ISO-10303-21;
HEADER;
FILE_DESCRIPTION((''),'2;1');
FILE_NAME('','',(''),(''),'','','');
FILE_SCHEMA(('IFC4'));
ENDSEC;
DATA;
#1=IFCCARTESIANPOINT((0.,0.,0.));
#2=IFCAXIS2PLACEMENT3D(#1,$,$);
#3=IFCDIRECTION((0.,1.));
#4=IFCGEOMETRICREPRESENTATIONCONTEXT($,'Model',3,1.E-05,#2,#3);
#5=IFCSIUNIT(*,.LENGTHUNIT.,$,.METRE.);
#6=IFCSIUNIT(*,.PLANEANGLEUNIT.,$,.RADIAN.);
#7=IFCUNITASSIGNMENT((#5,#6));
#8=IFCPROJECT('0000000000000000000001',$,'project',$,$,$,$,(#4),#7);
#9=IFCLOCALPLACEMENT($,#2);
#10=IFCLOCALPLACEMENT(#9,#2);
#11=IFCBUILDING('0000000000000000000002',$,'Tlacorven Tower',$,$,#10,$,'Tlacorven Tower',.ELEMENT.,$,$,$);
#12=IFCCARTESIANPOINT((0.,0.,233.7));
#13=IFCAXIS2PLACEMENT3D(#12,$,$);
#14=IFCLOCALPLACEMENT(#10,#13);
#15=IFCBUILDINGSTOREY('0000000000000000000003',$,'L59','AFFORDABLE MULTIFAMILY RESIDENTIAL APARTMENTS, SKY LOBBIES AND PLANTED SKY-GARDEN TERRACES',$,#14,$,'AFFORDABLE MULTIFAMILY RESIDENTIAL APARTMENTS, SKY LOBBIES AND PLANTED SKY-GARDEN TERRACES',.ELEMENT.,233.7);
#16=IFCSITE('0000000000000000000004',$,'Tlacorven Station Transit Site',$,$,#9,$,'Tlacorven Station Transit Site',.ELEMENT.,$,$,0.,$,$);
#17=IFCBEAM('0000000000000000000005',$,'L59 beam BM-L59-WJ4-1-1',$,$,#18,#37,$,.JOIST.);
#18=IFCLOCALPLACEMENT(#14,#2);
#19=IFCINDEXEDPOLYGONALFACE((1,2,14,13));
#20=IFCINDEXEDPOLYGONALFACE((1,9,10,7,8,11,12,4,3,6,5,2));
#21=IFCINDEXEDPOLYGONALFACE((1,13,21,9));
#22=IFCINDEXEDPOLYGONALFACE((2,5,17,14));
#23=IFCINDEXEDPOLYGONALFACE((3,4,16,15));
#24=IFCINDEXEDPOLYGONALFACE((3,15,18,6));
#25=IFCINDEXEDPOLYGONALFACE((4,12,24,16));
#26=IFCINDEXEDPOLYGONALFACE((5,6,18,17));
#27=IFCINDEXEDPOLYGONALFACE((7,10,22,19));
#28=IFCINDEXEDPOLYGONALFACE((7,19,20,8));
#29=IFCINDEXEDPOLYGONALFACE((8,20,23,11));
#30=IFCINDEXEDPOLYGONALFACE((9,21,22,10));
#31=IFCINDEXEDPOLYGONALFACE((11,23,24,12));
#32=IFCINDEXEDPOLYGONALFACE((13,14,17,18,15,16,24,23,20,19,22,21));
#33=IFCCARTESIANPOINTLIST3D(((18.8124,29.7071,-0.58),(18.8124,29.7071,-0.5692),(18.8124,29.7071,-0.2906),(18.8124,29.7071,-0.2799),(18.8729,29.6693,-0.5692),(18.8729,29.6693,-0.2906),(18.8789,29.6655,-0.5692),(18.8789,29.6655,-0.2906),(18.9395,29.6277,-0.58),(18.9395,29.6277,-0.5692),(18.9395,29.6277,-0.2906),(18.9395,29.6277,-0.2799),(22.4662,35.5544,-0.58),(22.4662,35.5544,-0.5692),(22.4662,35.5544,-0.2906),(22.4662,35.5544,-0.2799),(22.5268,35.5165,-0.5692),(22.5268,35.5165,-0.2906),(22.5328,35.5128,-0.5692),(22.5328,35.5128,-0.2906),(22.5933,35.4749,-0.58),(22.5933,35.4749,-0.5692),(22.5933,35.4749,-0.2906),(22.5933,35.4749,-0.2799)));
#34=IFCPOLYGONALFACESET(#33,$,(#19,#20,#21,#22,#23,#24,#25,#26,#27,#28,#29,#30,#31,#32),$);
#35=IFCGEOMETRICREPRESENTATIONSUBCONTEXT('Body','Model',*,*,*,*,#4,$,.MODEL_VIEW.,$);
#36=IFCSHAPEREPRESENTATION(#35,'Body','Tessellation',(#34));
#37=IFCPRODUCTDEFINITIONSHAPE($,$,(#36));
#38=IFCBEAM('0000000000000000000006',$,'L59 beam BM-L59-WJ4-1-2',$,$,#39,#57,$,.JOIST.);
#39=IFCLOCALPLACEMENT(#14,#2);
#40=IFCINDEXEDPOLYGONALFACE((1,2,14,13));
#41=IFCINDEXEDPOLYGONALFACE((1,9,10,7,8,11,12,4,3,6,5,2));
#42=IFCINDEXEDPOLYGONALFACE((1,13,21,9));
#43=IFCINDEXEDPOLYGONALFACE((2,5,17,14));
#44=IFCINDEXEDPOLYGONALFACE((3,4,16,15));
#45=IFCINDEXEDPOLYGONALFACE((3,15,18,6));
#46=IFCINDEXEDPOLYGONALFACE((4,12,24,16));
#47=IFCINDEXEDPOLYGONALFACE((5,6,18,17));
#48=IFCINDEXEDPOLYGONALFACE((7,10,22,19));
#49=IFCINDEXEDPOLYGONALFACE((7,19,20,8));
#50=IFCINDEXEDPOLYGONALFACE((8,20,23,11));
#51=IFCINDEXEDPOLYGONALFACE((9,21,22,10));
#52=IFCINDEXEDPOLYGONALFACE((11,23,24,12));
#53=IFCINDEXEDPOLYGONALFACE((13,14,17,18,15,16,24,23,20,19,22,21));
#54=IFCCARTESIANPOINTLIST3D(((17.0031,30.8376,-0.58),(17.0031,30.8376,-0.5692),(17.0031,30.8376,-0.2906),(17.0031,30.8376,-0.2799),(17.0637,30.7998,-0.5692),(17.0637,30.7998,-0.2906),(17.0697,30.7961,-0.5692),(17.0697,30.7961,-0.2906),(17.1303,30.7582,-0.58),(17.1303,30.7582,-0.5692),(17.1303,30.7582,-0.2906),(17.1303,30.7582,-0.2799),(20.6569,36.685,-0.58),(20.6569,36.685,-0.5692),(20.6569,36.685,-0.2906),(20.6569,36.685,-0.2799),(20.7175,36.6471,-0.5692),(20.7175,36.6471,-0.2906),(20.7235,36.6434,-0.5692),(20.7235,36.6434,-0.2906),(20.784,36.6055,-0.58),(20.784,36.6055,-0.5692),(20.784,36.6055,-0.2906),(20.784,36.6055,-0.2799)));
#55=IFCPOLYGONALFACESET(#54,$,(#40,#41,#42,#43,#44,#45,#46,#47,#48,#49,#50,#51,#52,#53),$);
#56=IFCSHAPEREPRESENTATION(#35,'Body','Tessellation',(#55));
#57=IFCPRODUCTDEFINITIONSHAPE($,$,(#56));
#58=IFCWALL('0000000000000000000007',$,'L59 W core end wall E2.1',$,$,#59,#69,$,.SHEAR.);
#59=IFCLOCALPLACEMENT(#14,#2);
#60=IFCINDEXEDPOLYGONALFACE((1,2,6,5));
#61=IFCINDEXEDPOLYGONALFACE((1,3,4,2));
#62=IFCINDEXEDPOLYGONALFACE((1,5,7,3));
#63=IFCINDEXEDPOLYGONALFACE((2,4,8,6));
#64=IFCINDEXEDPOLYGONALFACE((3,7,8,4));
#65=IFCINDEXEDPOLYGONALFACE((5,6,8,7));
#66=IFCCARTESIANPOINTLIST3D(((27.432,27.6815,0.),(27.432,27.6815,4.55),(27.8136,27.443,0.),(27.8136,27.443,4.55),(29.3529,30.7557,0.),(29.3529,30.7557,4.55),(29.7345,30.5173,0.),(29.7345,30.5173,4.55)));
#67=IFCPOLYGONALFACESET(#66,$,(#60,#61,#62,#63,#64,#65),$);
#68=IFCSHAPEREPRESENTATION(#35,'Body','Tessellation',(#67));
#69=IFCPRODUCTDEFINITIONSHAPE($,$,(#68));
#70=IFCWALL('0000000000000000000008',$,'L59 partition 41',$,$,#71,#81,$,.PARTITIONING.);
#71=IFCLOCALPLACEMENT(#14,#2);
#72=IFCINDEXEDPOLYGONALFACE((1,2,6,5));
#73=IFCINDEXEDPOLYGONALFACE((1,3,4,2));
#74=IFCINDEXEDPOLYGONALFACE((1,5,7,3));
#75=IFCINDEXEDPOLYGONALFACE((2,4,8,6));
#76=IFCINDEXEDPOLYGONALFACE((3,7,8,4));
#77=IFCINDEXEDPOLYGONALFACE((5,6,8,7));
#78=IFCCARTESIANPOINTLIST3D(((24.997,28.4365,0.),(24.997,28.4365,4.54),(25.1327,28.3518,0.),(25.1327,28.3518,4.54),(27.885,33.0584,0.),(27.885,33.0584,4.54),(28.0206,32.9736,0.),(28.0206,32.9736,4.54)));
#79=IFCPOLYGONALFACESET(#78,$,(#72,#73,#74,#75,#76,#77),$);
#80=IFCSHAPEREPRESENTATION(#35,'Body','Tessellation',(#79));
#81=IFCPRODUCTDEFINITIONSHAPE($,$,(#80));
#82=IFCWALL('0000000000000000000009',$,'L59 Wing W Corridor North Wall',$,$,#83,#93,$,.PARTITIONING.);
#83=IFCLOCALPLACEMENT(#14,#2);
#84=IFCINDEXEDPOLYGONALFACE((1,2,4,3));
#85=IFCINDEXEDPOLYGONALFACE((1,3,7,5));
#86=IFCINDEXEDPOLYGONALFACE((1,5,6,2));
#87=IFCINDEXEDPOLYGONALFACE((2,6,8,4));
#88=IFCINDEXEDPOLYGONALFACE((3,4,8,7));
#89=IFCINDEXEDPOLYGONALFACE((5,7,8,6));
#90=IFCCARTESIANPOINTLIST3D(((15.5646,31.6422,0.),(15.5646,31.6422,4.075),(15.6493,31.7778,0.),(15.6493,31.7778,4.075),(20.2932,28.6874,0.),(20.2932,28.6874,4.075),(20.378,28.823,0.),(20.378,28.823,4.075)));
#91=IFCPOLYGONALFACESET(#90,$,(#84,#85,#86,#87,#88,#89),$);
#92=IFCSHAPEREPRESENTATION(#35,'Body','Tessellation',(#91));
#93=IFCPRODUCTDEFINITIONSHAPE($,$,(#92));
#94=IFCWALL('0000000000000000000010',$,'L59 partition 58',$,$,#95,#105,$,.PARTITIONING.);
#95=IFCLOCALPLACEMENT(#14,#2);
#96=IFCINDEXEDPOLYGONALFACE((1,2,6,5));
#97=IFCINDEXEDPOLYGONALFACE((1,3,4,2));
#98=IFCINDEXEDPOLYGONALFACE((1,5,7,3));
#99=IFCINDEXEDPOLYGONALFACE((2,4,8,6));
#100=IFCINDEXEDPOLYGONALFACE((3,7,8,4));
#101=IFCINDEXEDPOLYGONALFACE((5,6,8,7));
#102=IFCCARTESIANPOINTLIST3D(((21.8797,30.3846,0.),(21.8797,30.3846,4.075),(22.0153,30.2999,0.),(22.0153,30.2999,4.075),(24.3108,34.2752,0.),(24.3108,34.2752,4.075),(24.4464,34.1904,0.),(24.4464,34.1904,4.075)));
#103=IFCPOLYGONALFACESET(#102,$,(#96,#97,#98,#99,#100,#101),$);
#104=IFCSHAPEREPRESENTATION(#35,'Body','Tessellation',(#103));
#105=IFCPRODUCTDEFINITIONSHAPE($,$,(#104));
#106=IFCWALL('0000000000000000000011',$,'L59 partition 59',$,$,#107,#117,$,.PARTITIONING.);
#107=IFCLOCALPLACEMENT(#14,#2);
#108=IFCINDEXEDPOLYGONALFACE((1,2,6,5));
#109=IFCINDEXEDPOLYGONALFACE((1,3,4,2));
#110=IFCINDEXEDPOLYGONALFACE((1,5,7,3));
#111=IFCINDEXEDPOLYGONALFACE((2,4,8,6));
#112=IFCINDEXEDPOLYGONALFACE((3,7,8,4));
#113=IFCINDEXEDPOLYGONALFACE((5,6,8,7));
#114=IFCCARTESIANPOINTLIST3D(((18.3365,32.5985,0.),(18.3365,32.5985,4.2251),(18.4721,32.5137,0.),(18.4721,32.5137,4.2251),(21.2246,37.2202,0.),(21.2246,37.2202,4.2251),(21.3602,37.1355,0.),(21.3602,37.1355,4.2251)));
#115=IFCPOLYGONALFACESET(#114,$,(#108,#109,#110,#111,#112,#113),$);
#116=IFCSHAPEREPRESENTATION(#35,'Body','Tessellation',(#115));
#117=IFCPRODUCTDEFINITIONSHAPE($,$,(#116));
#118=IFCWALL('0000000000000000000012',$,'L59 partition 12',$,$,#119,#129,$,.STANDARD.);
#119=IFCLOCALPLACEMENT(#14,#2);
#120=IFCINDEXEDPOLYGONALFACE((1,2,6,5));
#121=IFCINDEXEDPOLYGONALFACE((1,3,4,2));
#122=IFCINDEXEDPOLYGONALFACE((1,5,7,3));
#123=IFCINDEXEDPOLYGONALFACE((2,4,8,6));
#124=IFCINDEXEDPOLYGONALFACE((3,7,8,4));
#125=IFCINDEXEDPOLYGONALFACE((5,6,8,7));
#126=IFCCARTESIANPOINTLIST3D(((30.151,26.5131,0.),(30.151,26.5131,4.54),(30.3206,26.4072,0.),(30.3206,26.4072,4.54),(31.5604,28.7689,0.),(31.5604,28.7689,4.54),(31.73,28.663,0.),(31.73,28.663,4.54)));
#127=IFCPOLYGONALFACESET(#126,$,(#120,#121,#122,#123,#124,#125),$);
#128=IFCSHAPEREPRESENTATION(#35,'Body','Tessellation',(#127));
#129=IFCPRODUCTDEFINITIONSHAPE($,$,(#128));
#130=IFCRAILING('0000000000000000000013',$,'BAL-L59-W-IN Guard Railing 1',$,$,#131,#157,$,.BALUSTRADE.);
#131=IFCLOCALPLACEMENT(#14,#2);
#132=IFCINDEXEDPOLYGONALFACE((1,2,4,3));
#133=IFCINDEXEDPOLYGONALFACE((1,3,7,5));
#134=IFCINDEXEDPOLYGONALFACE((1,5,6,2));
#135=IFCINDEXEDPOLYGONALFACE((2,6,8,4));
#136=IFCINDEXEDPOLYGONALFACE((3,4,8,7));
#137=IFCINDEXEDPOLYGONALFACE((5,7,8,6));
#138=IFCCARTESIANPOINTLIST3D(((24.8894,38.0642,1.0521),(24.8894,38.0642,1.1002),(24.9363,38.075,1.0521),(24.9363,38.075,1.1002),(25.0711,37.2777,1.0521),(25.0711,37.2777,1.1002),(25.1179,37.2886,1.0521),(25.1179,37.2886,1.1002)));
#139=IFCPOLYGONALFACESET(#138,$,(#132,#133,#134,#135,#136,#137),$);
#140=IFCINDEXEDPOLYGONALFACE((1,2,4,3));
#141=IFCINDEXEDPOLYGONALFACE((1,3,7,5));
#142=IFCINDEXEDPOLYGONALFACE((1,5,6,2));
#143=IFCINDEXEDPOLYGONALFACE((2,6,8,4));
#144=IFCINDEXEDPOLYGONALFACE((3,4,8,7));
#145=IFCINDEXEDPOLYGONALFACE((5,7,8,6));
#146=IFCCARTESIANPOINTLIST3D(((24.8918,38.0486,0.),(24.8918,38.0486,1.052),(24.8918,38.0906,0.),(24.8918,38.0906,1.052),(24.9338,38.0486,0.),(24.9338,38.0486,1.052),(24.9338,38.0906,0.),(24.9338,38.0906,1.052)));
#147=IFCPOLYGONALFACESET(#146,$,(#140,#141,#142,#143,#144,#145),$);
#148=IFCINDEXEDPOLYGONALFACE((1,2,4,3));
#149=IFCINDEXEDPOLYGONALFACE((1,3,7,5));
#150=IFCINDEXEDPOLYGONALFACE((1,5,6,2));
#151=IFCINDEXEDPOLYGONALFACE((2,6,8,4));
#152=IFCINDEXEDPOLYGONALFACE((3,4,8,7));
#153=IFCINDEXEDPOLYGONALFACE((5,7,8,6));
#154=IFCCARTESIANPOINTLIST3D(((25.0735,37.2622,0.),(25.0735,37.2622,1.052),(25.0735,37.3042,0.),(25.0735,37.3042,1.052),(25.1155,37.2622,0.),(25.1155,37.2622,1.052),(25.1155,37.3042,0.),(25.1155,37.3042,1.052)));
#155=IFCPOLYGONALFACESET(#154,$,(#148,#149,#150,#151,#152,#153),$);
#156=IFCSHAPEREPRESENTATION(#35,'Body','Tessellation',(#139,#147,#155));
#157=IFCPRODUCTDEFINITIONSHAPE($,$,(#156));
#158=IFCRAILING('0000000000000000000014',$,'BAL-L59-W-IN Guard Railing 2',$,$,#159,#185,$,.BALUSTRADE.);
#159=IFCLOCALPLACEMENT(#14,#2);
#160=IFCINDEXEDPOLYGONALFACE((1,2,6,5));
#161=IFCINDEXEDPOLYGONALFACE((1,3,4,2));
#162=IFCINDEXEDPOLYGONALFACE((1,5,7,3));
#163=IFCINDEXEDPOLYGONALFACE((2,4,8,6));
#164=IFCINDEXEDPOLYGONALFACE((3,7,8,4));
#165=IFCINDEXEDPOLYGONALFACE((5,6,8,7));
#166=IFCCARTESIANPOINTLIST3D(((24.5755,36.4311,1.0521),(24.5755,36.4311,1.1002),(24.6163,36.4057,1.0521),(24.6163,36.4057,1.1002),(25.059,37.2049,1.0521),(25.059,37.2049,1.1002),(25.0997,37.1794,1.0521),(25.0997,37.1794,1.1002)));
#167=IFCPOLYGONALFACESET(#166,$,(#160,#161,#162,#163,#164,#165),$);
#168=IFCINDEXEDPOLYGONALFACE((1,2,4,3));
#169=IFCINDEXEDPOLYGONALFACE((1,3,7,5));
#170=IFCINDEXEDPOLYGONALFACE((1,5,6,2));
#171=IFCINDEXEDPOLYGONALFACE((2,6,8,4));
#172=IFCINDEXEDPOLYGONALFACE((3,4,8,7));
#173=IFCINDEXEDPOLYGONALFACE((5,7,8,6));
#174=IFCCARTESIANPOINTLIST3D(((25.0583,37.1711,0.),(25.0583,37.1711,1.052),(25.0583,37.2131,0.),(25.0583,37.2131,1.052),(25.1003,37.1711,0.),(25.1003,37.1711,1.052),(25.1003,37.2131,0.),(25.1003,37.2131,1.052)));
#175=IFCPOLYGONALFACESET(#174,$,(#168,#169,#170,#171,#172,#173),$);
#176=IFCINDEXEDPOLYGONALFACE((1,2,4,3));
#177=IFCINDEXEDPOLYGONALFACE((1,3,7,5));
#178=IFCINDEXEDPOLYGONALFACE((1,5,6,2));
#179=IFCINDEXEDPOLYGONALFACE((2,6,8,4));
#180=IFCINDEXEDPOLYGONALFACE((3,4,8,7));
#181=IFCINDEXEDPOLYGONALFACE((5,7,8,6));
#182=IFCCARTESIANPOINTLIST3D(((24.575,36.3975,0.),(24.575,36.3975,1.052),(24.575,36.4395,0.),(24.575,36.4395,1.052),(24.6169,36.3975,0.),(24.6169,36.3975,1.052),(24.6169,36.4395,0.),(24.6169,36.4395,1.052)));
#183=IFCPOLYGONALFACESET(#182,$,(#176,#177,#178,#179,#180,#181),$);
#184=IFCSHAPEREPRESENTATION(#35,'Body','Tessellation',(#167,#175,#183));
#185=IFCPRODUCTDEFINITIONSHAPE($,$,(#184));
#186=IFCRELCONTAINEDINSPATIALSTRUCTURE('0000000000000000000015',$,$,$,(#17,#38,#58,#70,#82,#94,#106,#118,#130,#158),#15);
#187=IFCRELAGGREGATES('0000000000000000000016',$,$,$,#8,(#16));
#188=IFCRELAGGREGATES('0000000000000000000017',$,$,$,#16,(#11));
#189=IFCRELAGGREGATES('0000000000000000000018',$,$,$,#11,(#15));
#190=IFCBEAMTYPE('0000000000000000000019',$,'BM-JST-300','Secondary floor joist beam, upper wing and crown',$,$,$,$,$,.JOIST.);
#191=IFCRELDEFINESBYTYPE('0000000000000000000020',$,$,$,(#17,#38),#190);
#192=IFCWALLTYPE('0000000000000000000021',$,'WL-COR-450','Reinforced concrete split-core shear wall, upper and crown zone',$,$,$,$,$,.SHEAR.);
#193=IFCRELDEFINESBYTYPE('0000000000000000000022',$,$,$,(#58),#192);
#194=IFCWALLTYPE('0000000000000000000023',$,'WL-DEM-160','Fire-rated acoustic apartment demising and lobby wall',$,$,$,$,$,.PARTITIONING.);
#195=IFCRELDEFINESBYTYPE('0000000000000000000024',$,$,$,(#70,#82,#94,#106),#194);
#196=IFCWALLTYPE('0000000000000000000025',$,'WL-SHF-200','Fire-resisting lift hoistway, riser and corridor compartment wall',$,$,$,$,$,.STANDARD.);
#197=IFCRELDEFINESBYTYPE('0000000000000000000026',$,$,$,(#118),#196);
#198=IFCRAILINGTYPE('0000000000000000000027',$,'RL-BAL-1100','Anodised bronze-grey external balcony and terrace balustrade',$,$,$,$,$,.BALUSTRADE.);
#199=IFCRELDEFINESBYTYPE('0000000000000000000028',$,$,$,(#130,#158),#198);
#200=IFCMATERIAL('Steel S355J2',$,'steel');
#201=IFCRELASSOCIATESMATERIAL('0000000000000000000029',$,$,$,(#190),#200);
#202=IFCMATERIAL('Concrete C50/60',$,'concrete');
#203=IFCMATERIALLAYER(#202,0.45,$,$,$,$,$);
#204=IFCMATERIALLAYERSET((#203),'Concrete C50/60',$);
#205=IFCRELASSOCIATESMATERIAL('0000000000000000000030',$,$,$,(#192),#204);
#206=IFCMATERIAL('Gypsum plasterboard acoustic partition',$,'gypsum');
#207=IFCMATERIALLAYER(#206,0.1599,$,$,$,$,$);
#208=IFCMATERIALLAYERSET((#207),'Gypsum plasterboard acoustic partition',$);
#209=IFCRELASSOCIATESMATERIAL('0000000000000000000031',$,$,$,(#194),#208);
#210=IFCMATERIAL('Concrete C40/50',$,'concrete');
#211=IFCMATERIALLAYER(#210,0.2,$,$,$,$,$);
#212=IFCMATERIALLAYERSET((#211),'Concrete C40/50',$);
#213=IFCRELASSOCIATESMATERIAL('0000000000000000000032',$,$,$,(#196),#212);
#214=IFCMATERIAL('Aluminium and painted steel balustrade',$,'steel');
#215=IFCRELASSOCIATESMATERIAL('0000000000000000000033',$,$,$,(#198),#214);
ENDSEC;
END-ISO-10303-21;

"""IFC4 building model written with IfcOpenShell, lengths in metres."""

from ifc_helpers import new_model, si_unit, direction, frame, frame_2d, origin, origin_2d, place, context, subcontext, project, spatial, rectangle, i_section, extrude, source, transform, mapped, material, layer, layer_set, material_profile, profile_set, type_object, element, save


model = new_model("IFC4")

# Units and contexts
model_context = context("Model", 3, precision=1e-05, world=origin(), true_north=direction((0.0, 1.0)))
body_context = subcontext(model_context, "Body", "Model", "MODEL_VIEW")
ifc_project = project(units=[si_unit("LENGTHUNIT", "METRE"), si_unit("PLANEANGLEUNIT", "RADIAN")], contexts=[model_context])

# Site, building, storey
site_placement = place(None, origin())
site = spatial("IfcSite", under=ifc_project, at=site_placement, Name="Tlacorven Station Transit Site", LongName="Tlacorven Station Transit Site", CompositionType="ELEMENT", RefElevation=0.0)
building_placement = place(site_placement, origin())
building = spatial("IfcBuilding", under=site, at=building_placement, Name="Tlacorven Tower", LongName="Tlacorven Tower", CompositionType="ELEMENT")
storey_placement = place(building_placement, frame((0.0, 0.0, 233.7)))
storey = spatial("IfcBuildingStorey", under=building, at=storey_placement, Name="L59", Description="AFFORDABLE MULTIFAMILY RESIDENTIAL APARTMENTS, SKY LOBBIES AND PLANTED SKY-GARDEN TERRACES", LongName="AFFORDABLE MULTIFAMILY RESIDENTIAL APARTMENTS, SKY LOBBIES AND PLANTED SKY-GARDEN TERRACES", CompositionType="ELEMENT", Elevation=233.7)

# Beams
ifc_material_1 = material(Name="Steel S355J2", Category="steel")
ifc_material_profile_1 = material_profile(ifc_material_1, i_section(OverallWidth=0.1499, OverallDepth=0.3, WebThickness=0.0071, FlangeThickness=0.0107, at=origin_2d()), Name="IPE 300")
ifc_profile_set_1 = profile_set([ifc_material_profile_1], Name="Steel S355J2")
beam_type_1 = type_object("IfcBeamType", Name="BM-JST-300", Description="Secondary floor joist beam, upper wing and crown", PredefinedType="JOIST", material=ifc_profile_set_1)
shared_shape_1 = source(origin(), body_context, "Body", "SweptSolid", [
    extrude(i_section(OverallWidth=0.1499, OverallDepth=0.3, WebThickness=0.0071, FlangeThickness=0.0107, at=origin_2d()), origin(), (0.0, 0.0, 1.0), 6.895),
])
for number, where, z_axis, x_axis, name in (
    (1, (22.5298, 35.5146, -0.4299), (-0.529929, -0.848042, 0.0), (0.848042, -0.529929, 0.0), "L59 beam BM-L59-WJ4-1-1"),
    (2, (20.7205, 36.6453, -0.4299), (-0.529913, -0.848052, 0.0), (0.848052, -0.529913, 0.0), "L59 beam BM-L59-WJ4-1-2"),
):
    element("IfcBeam", number, at=place(storey_placement, frame(where, z_axis=z_axis, x_axis=x_axis)), inside=storey, type_object=beam_type_1, Name=name, PredefinedType="JOIST", context=body_context, shape_type="MappedRepresentation", body=[
        mapped(shared_shape_1, transform((0.0, 0.0, 0.0), scale=1.0)),
    ])

# Walls
ifc_material_2 = material(Name="Concrete C50/60", Category="concrete")
ifc_layer_1 = layer(ifc_material_2, 0.45)
ifc_layer_set_1 = layer_set([ifc_layer_1], Name="Concrete C50/60")
wall_type_1 = type_object("IfcWallType", Name="WL-COR-450", Description="Reinforced concrete split-core shear wall, upper and crown zone", PredefinedType="SHEAR", material=ifc_layer_set_1)
wall_1_placement = place(storey_placement, frame((29.5437, 30.6365, 0.0), z_axis=(0.0, 0.0, 1.0), x_axis=(-0.529902, -0.848059, 0.0)))
element("IfcWall", 3, at=wall_1_placement, inside=storey, type_object=wall_type_1, Name="L59 W core end wall E2.1", PredefinedType="SHEAR", context=body_context, shape_type="SweptSolid", body=[
    extrude(rectangle(XDim=3.625, YDim=0.45, at=frame_2d((1.8125, 0.0))), origin(), (0.0, 0.0, 1.0), 4.55),
])
ifc_material_3 = material(Name="Gypsum plasterboard acoustic partition", Category="gypsum")
ifc_layer_2 = layer(ifc_material_3, 0.1599)
ifc_layer_set_2 = layer_set([ifc_layer_2], Name="Gypsum plasterboard acoustic partition")
wall_type_2 = type_object("IfcWallType", Name="WL-DEM-160", Description="Fire-rated acoustic apartment demising and lobby wall", PredefinedType="PARTITIONING", material=ifc_layer_set_2)
wall_2_placement = place(storey_placement, frame((27.9529, 33.0161, 0.0), z_axis=(0.0, 0.0, 1.0), x_axis=(-0.529906, -0.848056, 0.0)))
element("IfcWall", 4, at=wall_2_placement, inside=storey, type_object=wall_type_2, Name="L59 partition 41", PredefinedType="PARTITIONING", context=body_context, shape_type="SweptSolid", body=[
    extrude(rectangle(XDim=5.45, YDim=0.1599, at=frame_2d((2.7251, 0.0))), origin(), (0.0, 0.0, 1.0), 4.54),
])
wall_3_placement = place(storey_placement, frame((20.3357, 28.7551, 0.0), z_axis=(0.0, 0.0, 1.0), x_axis=(-0.84805, 0.529916, 0.0)))
element("IfcWall", 5, at=wall_3_placement, inside=storey, type_object=wall_type_2, Name="L59 Wing W Corridor North Wall", PredefinedType="PARTITIONING", context=body_context, shape_type="SweptSolid", body=[
    extrude(rectangle(XDim=5.5759, YDim=0.1599, at=frame_2d((2.7881, 0.0))), origin(), (0.0, 0.0, 1.0), 4.075),
])
wall_4_placement = place(storey_placement, frame((24.3787, 34.2329, 0.0), z_axis=(0.0, 0.0, 1.0), x_axis=(-0.529922, -0.848046, 0.0)))
element("IfcWall", 6, at=wall_4_placement, inside=storey, type_object=wall_type_2, Name="L59 partition 58", PredefinedType="PARTITIONING", context=body_context, shape_type="SweptSolid", body=[
    extrude(rectangle(XDim=4.5876, YDim=0.1599, at=frame_2d((2.2939, 0.0))), origin(), (0.0, 0.0, 1.0), 4.075),
])
wall_5_placement = place(storey_placement, frame((21.2925, 37.178, 0.0), z_axis=(0.0, 0.0, 1.0), x_axis=(-0.529939, -0.848036, 0.0)))
element("IfcWall", 7, at=wall_5_placement, inside=storey, type_object=wall_type_2, Name="L59 partition 59", PredefinedType="PARTITIONING", context=body_context, shape_type="SweptSolid", body=[
    extrude(rectangle(XDim=5.45, YDim=0.1599, at=frame_2d((2.7251, 0.0))), origin(), (0.0, 0.0, 1.0), 4.2251),
])
ifc_material_4 = material(Name="Concrete C40/50", Category="concrete")
ifc_layer_3 = layer(ifc_material_4, 0.2)
ifc_layer_set_3 = layer_set([ifc_layer_3], Name="Concrete C40/50")
wall_type_3 = type_object("IfcWallType", Name="WL-SHF-200", Description="Fire-resisting lift hoistway, riser and corridor compartment wall", PredefinedType="STANDARD", material=ifc_layer_set_3)
wall_6_placement = place(storey_placement, frame((31.6453, 28.7161, 0.0), z_axis=(0.0, 0.0, 1.0), x_axis=(-0.529867, -0.848081, 0.0)))
element("IfcWall", 8, at=wall_6_placement, inside=storey, type_object=wall_type_3, Name="L59 partition 12", PredefinedType="STANDARD", context=body_context, shape_type="SweptSolid", body=[
    extrude(rectangle(XDim=2.6599, YDim=0.2, at=frame_2d((1.3301, 0.0))), origin(), (0.0, 0.0, 1.0), 4.54),
])

# Railings
ifc_material_5 = material(Name="Aluminium and painted steel balustrade", Category="steel")
railing_type_1 = type_object("IfcRailingType", Name="RL-BAL-1100", Description="Anodised bronze-grey external balcony and terrace balustrade", PredefinedType="BALUSTRADE", material=ifc_material_5)
shared_shape_2 = source(origin(), body_context, "Body", "SweptSolid", [
    extrude(rectangle(XDim=0.0481, YDim=0.0481, at=origin_2d()), frame((0.0, 0.0, 1.0762), z_axis=(0.225058, -0.974345, 0.0), x_axis=(0.974345, 0.225058, 0.0)), (0.0, 0.0, 1.0), 0.8071),
    extrude(rectangle(XDim=0.042, YDim=0.042, at=origin_2d()), origin(), (0.0, 0.0, 1.0), 1.052),
    extrude(rectangle(XDim=0.042, YDim=0.042, at=origin_2d()), frame((0.1816, -0.7864, 0.0)), (0.0, 0.0, 1.0), 1.052),
])
railing_1_placement = place(storey_placement, frame((24.9128, 38.0696, 0.0)))
element("IfcRailing", 9, at=railing_1_placement, inside=storey, type_object=railing_type_1, Name="BAL-L59-W-IN Guard Railing 1", PredefinedType="BALUSTRADE", context=body_context, shape_type="MappedRepresentation", body=[
    mapped(shared_shape_2, transform((0.0, 0.0, 0.0), scale=1.0)),
])
shared_shape_3 = source(origin(), body_context, "Body", "SweptSolid", [
    extrude(rectangle(XDim=0.0481, YDim=0.0481, at=origin_2d()), frame((0.0, 0.0, 1.0762), z_axis=(-0.529879, -0.848073, 0.0), x_axis=(0.848073, -0.529879, 0.0)), (0.0, 0.0, 1.0), 0.9124),
    extrude(rectangle(XDim=0.042, YDim=0.042, at=origin_2d()), origin(), (0.0, 0.0, 1.0), 1.052),
    extrude(rectangle(XDim=0.042, YDim=0.042, at=origin_2d()), frame((-0.4834, -0.7737, 0.0)), (0.0, 0.0, 1.0), 1.052),
])
railing_2_placement = place(storey_placement, frame((25.0793, 37.1921, 0.0)))
element("IfcRailing", 10, at=railing_2_placement, inside=storey, type_object=railing_type_1, Name="BAL-L59-W-IN Guard Railing 2", PredefinedType="BALUSTRADE", context=body_context, shape_type="MappedRepresentation", body=[
    mapped(shared_shape_3, transform((0.0, 0.0, 0.0), scale=1.0)),
])

save(model, "model.ifc")
